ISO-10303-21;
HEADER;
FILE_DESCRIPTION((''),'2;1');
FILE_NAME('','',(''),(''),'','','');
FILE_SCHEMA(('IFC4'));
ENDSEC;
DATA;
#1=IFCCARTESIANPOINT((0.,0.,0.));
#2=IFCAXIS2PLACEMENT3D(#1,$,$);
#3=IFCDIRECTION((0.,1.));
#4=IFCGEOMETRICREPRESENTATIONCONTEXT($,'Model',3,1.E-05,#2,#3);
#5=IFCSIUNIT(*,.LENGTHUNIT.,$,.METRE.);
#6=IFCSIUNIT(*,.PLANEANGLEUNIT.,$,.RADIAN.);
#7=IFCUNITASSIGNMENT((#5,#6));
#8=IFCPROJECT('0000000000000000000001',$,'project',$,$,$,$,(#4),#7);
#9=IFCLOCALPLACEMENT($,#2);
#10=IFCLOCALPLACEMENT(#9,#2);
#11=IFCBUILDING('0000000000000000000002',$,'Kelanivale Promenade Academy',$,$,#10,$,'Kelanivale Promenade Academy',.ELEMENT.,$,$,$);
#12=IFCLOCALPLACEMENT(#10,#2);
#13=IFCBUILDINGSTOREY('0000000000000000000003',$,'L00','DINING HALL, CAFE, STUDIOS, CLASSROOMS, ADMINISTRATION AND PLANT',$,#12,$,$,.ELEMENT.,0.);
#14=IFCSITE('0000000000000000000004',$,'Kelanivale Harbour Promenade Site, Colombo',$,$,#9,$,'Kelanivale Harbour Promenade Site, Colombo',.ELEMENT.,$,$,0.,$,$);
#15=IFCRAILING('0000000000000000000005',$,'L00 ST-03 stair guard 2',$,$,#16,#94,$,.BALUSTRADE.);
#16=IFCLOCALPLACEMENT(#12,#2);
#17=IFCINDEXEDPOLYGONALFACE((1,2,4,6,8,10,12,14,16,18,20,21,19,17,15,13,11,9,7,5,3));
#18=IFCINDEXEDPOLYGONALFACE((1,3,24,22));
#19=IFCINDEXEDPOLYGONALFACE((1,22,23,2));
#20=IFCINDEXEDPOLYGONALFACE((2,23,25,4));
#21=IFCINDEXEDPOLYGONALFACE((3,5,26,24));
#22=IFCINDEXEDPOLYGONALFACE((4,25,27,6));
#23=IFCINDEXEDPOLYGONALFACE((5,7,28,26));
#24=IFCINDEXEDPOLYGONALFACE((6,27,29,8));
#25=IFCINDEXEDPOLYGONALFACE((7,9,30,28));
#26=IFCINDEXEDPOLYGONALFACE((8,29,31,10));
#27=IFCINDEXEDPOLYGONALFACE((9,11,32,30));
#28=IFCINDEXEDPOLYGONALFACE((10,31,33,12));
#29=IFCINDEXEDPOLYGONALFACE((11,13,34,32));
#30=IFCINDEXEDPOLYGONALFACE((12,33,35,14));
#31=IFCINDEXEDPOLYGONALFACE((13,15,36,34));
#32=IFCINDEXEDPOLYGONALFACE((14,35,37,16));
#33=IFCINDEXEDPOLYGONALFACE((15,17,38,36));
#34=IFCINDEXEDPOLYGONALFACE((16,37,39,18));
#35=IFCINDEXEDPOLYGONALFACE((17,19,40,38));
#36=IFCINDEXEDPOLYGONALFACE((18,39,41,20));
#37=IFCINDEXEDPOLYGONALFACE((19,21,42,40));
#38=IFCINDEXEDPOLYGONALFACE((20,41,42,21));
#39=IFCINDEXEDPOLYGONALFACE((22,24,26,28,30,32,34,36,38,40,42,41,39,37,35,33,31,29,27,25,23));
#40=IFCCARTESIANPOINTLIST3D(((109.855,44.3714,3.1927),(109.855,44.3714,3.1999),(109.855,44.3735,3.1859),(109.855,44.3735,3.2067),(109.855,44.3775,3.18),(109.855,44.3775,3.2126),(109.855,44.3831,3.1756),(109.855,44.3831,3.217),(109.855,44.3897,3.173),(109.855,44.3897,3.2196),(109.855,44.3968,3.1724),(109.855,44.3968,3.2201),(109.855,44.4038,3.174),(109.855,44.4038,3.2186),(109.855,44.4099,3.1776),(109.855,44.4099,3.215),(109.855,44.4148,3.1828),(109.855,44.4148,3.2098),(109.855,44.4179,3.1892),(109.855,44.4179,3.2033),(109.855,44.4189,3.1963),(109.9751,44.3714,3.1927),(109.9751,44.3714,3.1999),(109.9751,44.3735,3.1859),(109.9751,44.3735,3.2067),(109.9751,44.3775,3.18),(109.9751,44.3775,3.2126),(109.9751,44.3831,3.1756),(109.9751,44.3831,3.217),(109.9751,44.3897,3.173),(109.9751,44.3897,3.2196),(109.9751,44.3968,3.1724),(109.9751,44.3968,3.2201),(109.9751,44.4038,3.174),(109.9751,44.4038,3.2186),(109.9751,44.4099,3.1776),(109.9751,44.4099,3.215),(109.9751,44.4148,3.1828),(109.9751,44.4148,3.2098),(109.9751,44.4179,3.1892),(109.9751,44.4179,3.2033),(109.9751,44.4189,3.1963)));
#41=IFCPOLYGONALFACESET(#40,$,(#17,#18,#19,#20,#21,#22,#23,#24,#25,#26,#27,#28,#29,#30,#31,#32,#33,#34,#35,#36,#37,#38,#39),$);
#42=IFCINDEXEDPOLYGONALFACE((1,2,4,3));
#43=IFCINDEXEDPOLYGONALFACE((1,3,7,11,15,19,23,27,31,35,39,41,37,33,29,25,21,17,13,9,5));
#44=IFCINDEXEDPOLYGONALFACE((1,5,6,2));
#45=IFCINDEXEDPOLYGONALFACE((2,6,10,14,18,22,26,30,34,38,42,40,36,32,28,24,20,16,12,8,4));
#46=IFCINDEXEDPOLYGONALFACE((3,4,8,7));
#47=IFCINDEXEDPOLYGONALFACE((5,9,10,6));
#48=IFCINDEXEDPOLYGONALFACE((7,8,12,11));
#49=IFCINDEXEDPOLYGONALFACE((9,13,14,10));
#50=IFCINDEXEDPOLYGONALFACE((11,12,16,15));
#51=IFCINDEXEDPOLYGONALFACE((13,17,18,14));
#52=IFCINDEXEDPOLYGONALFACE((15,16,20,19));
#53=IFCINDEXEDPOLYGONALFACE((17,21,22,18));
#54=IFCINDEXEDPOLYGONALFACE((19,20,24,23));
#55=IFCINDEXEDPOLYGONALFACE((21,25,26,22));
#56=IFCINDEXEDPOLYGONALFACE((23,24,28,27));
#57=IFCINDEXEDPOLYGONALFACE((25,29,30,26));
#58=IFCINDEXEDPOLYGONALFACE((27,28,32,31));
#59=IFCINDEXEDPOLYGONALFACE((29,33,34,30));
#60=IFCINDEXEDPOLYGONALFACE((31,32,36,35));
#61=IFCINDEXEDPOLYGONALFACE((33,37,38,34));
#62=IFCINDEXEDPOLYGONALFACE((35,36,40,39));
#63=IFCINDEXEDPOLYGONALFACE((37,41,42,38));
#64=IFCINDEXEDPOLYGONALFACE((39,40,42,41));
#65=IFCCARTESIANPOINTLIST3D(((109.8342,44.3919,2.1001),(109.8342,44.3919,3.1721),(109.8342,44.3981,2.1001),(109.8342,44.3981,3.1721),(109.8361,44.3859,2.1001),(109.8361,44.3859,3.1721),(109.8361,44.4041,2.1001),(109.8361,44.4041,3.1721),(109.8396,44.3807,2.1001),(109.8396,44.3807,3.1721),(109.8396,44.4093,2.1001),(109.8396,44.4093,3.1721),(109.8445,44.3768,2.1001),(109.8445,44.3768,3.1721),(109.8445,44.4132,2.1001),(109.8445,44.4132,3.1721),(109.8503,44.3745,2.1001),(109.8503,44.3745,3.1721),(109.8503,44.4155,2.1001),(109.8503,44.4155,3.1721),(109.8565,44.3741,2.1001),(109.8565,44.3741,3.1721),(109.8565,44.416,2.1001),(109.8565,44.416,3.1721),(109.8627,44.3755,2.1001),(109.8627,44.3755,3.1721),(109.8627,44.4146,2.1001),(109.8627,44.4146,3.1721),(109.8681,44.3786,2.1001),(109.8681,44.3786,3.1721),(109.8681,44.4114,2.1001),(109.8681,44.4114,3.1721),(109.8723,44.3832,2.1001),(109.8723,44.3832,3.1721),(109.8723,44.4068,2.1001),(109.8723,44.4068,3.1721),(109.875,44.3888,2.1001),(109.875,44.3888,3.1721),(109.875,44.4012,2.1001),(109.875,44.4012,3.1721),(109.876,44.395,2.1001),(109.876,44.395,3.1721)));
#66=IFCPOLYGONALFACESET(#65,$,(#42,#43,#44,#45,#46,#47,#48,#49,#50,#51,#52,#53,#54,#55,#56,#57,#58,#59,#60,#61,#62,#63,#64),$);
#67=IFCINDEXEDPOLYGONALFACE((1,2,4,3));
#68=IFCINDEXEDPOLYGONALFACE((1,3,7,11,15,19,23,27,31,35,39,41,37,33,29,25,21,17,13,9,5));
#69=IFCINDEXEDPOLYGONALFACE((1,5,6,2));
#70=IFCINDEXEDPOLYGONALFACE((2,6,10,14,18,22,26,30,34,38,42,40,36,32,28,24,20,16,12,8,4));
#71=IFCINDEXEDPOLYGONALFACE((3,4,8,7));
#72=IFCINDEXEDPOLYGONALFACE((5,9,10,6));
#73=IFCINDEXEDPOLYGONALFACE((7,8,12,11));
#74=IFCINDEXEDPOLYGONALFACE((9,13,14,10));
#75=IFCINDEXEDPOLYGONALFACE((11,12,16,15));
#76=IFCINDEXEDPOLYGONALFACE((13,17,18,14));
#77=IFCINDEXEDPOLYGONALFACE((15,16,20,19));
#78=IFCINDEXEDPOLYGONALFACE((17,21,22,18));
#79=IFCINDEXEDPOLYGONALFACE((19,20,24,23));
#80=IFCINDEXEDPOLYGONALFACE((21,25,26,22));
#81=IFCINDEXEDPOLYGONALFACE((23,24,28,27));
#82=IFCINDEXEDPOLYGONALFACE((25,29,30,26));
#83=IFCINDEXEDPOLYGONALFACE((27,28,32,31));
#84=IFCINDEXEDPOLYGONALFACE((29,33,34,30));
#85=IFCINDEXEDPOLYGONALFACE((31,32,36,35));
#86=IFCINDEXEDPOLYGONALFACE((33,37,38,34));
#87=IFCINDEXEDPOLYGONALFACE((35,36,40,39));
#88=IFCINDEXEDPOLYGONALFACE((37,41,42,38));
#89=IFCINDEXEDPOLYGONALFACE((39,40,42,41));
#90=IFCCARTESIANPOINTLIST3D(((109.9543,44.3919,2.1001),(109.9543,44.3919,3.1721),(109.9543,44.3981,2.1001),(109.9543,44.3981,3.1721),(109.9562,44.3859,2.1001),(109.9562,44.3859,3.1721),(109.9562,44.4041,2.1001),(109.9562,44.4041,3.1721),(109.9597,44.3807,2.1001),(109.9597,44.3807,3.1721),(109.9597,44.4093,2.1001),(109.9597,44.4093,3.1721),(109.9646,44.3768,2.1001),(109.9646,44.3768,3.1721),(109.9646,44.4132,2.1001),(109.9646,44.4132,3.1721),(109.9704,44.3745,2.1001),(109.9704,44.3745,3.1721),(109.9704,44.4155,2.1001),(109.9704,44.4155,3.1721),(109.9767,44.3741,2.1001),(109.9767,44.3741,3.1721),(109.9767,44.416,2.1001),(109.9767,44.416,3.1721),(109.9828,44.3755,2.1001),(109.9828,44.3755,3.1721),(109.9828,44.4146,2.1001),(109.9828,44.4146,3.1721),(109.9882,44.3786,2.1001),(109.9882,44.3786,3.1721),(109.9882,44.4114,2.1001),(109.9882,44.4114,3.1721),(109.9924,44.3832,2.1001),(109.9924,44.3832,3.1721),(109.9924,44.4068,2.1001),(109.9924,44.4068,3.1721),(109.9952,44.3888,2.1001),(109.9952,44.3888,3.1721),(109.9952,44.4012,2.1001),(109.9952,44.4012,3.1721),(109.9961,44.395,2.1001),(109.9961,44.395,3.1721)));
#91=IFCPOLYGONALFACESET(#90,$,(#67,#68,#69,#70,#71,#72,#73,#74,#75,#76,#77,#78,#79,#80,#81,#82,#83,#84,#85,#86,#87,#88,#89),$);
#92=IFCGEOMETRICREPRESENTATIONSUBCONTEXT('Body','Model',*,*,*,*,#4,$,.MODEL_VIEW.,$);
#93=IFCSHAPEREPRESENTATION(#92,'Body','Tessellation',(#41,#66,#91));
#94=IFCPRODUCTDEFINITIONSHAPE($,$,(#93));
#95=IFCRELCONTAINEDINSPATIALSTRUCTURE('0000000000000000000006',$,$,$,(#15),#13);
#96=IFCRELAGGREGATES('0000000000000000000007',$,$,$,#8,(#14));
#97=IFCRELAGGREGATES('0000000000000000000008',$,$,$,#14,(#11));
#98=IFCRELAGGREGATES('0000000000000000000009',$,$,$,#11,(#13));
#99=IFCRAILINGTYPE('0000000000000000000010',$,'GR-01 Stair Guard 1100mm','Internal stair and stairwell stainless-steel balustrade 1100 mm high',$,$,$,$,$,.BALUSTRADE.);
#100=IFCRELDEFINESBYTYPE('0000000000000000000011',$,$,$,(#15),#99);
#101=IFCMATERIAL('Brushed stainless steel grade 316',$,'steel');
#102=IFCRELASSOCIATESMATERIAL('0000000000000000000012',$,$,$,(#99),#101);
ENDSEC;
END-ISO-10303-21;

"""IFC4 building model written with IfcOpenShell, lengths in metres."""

from ifc_helpers import new_model, si_unit, direction, frame, origin, origin_2d, place, context, subcontext, project, spatial, circle, extrude, material, type_object, element, save


model = new_model("IFC4")

# Units and contexts
model_context = context("Model", 3, precision=1e-05, world=origin(), true_north=direction((0.0, 1.0)))
body_context = subcontext(model_context, "Body", "Model", "MODEL_VIEW")
ifc_project = project(units=[si_unit("LENGTHUNIT", "METRE"), si_unit("PLANEANGLEUNIT", "RADIAN")], contexts=[model_context])

# Site, building, storey
site_placement = place(None, origin())
site = spatial("IfcSite", under=ifc_project, at=site_placement, Name="Kelanivale Harbour Promenade Site, Colombo", LongName="Kelanivale Harbour Promenade Site, Colombo", CompositionType="ELEMENT", RefElevation=0.0)
building_placement = place(site_placement, origin())
building = spatial("IfcBuilding", under=site, at=building_placement, Name="Kelanivale Promenade Academy", LongName="Kelanivale Promenade Academy", CompositionType="ELEMENT")
storey_placement = place(building_placement, origin())
storey = spatial("IfcBuildingStorey", under=building, at=storey_placement, Name="L00", Description="DINING HALL, CAFE, STUDIOS, CLASSROOMS, ADMINISTRATION AND PLANT", CompositionType="ELEMENT", Elevation=0.0)

# Railing
ifc_material_1 = material(Name="Brushed stainless steel grade 316", Category="steel")
railing_type = type_object("IfcRailingType", Name="GR-01 Stair Guard 1100mm", Description="Internal stair and stairwell stainless-steel balustrade 1100 mm high", PredefinedType="BALUSTRADE", material=ifc_material_1)
railing_1_placement = place(storey_placement, frame((109.855, 44.395, 2.1001)))
element("IfcRailing", 1, at=railing_1_placement, inside=storey, type_object=railing_type, Name="L00 ST-03 stair guard 2", PredefinedType="BALUSTRADE", context=body_context, shape_type="SweptSolid", body=[
    extrude(circle(Radius=0.0239, at=origin_2d()), frame((0.0, 0.0, 1.0962), z_axis=(1.0, 0.0, 0.0), x_axis=(0.0, 1.0, 0.0)), (0.0, 0.0, 1.0), 0.1201),
    extrude(circle(Radius=0.021, at=origin_2d()), origin(), (0.0, 0.0, 1.0), 1.072),
    extrude(circle(Radius=0.021, at=origin_2d()), frame((0.1201, 0.0, 0.0)), (0.0, 0.0, 1.0), 1.072),
])

save(model, "model.ifc")
